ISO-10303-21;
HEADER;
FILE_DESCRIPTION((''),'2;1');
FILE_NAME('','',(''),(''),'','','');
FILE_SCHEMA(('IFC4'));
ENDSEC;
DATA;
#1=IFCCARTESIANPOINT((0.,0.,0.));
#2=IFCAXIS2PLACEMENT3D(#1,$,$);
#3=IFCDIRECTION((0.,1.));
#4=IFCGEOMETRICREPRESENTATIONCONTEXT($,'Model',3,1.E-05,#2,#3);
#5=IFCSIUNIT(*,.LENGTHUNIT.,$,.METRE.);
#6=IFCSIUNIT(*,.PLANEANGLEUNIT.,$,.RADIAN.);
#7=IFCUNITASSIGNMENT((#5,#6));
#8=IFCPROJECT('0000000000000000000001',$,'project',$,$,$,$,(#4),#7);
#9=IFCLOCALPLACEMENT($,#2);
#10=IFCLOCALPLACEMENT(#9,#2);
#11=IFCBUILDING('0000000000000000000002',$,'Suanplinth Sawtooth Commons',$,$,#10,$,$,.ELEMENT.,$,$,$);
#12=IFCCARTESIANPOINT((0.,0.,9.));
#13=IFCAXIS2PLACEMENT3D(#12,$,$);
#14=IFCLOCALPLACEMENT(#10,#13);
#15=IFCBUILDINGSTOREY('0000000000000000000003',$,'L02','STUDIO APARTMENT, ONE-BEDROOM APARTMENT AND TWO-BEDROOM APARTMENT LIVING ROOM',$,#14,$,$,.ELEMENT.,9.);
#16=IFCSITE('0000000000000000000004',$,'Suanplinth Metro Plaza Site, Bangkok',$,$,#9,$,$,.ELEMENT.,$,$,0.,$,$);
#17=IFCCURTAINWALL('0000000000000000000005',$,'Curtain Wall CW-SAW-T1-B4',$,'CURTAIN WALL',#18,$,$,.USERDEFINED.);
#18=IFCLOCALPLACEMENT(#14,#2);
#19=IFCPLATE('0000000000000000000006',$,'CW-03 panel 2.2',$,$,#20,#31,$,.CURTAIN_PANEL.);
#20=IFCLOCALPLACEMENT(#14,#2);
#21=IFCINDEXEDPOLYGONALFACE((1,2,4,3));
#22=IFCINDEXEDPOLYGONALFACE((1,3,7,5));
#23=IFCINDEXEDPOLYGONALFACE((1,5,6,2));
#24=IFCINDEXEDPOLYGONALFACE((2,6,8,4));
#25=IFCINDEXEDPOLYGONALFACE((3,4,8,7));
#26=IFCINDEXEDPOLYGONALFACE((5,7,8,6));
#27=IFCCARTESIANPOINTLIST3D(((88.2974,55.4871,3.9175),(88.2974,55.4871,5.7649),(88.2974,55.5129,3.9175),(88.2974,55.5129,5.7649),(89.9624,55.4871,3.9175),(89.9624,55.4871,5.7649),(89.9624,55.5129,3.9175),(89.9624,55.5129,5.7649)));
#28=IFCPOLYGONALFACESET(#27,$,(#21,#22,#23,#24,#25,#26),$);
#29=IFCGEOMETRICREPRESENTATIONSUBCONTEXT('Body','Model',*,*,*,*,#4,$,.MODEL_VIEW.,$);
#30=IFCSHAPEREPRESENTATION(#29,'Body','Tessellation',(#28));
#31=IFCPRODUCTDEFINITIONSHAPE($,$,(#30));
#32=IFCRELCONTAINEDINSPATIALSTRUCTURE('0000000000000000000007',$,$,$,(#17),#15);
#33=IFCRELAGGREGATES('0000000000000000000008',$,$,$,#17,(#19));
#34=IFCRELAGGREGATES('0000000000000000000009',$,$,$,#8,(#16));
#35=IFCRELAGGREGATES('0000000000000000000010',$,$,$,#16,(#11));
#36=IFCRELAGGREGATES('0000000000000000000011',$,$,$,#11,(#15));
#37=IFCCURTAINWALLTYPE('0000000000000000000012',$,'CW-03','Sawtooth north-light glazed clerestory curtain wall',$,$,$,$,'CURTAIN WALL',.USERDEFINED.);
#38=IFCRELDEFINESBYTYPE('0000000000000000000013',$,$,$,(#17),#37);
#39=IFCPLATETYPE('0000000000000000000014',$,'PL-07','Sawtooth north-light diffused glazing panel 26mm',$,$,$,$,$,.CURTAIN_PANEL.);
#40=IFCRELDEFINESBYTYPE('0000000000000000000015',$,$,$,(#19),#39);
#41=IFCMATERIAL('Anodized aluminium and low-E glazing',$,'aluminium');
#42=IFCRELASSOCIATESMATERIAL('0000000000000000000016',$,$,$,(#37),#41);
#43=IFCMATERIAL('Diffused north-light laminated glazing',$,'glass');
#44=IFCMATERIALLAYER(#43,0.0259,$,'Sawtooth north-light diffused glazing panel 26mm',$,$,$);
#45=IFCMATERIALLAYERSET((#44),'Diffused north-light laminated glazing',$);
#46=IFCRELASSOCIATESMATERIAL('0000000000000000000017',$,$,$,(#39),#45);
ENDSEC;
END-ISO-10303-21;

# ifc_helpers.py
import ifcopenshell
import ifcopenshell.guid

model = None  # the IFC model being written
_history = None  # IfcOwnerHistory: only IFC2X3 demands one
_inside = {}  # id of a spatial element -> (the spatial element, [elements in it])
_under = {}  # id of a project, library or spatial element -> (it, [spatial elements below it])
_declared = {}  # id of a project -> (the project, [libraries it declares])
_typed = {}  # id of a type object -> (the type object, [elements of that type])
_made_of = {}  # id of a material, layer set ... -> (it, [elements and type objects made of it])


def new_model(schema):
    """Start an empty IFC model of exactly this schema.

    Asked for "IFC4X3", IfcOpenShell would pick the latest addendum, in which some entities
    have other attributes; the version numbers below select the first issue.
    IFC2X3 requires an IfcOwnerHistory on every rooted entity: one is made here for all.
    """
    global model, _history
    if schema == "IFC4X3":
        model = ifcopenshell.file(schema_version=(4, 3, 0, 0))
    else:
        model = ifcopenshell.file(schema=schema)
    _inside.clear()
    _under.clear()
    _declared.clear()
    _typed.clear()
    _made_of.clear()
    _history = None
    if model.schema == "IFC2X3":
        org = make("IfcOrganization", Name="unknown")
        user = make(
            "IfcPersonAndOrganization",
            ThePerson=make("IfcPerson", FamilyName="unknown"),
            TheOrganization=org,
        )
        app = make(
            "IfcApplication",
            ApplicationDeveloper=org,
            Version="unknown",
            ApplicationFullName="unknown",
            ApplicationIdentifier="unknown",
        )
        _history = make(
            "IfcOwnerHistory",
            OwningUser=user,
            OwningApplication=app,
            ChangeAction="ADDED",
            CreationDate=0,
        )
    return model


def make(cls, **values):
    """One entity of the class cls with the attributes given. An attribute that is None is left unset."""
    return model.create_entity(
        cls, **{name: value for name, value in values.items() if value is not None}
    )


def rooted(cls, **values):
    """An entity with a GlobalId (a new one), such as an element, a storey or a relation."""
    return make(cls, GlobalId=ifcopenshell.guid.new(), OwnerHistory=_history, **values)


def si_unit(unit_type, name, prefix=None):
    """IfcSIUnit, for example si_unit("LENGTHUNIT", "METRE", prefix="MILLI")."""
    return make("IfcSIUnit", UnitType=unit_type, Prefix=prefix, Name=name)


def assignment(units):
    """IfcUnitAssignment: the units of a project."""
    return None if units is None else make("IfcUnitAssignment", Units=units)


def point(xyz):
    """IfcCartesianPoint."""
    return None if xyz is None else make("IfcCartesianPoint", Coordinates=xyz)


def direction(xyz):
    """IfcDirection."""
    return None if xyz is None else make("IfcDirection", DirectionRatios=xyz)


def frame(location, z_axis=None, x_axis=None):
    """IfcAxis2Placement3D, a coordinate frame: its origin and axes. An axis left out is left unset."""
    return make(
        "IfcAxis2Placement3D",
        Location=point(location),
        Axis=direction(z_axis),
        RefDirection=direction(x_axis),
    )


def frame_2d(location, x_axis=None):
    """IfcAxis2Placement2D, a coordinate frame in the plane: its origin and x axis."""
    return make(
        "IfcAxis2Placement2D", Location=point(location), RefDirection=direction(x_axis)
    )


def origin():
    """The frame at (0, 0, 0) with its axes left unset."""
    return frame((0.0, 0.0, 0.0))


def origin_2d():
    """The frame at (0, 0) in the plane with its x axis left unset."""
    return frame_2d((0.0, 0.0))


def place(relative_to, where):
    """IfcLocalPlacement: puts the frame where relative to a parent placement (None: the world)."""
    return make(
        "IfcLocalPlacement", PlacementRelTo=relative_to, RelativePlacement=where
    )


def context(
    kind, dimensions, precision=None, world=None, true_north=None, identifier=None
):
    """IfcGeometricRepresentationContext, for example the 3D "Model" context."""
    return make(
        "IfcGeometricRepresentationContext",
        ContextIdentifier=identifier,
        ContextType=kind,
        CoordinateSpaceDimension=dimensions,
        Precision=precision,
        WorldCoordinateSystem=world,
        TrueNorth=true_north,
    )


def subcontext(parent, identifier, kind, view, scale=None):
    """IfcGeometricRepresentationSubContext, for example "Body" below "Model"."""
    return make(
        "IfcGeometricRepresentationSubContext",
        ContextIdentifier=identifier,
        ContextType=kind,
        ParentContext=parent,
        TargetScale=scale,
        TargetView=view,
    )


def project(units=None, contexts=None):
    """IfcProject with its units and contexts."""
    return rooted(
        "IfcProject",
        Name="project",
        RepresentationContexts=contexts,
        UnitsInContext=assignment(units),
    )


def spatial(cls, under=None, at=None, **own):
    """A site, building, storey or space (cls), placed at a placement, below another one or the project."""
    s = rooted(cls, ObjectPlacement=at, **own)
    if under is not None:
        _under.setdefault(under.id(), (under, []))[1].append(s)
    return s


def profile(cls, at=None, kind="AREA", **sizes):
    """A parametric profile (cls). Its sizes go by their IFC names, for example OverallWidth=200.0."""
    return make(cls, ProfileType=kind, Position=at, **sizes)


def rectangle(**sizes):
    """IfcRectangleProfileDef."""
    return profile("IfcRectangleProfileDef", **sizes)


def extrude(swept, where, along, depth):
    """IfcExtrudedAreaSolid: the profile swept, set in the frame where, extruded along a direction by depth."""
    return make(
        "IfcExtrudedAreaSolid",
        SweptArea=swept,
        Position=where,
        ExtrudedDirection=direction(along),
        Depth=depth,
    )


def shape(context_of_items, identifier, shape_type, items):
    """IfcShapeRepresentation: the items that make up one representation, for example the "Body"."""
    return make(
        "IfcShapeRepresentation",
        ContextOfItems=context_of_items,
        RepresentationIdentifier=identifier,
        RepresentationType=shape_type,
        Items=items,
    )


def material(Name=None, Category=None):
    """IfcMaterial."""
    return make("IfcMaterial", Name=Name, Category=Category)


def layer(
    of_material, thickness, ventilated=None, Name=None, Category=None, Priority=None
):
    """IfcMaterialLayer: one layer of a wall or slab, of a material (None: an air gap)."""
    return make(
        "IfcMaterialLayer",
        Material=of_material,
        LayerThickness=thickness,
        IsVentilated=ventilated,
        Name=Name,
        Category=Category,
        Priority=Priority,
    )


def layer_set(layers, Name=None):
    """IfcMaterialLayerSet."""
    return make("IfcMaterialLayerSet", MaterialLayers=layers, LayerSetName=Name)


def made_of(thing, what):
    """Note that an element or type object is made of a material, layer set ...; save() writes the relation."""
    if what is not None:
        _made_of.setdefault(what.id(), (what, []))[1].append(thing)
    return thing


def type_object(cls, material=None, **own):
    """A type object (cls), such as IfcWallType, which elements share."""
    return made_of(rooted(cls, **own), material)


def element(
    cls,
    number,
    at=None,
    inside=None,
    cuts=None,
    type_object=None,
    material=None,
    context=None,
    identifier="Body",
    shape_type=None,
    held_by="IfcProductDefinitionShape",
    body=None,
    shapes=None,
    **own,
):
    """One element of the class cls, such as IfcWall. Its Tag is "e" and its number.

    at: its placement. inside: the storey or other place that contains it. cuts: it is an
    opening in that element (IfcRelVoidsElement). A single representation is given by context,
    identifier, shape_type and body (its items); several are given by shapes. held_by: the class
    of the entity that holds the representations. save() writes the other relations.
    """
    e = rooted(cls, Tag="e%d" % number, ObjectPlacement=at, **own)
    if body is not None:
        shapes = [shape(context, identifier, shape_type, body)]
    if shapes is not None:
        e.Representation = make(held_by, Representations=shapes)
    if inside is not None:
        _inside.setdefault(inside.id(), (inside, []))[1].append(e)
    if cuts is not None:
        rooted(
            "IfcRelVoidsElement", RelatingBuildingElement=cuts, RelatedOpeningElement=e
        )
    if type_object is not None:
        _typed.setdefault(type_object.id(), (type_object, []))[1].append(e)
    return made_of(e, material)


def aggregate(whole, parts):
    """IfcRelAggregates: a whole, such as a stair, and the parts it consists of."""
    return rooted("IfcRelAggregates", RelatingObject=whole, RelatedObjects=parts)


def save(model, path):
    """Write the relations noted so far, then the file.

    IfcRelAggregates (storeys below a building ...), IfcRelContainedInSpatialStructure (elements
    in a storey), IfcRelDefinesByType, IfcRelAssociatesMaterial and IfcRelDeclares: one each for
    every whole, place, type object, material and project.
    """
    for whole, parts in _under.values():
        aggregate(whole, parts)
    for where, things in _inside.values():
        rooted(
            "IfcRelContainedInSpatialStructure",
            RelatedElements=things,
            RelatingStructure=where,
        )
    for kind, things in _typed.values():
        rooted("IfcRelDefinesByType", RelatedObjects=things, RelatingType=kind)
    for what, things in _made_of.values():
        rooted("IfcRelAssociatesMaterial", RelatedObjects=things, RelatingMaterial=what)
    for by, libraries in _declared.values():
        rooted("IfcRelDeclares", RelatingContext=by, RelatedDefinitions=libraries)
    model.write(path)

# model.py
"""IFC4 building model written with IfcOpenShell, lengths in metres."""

from ifc_helpers import new_model, si_unit, direction, frame, origin, origin_2d, place, context, subcontext, project, spatial, rectangle, extrude, material, layer, layer_set, type_object, element, aggregate, save


model = new_model("IFC4")

# Units and contexts
model_context = context("Model", 3, precision=1e-05, world=origin(), true_north=direction((0.0, 1.0)))
body_context = subcontext(model_context, "Body", "Model", "MODEL_VIEW")
ifc_project = project(units=[si_unit("LENGTHUNIT", "METRE"), si_unit("PLANEANGLEUNIT", "RADIAN")], contexts=[model_context])

# Site, building, storey
site_placement = place(None, origin())
site = spatial("IfcSite", under=ifc_project, at=site_placement, Name="Suanplinth Metro Plaza Site, Bangkok", CompositionType="ELEMENT", RefElevation=0.0)
building_placement = place(site_placement, origin())
building = spatial("IfcBuilding", under=site, at=building_placement, Name="Suanplinth Sawtooth Commons", CompositionType="ELEMENT")
storey_placement = place(building_placement, frame((0.0, 0.0, 9.0)))
storey = spatial("IfcBuildingStorey", under=building, at=storey_placement, Name="L02", Description="STUDIO APARTMENT, ONE-BEDROOM APARTMENT AND TWO-BEDROOM APARTMENT LIVING ROOM", CompositionType="ELEMENT", Elevation=9.0)

# Shared definitions
ifc_material_1 = material(Name="Anodized aluminium and low-E glazing", Category="aluminium")
curtain_wall_type = type_object("IfcCurtainWallType", Name="CW-03", Description="Sawtooth north-light glazed clerestory curtain wall", ElementType="CURTAIN WALL", PredefinedType="USERDEFINED", material=ifc_material_1)

# Curtain wall
curtain_wall_1_placement = place(storey_placement, origin())
curtain_wall_1 = element("IfcCurtainWall", 1, at=curtain_wall_1_placement, inside=storey, type_object=curtain_wall_type, Name="Curtain Wall CW-SAW-T1-B4", ObjectType="CURTAIN WALL", PredefinedType="USERDEFINED")

# Plate
ifc_material_2 = material(Name="Diffused north-light laminated glazing", Category="glass")
ifc_layer_1 = layer(ifc_material_2, 0.0259, Name="Sawtooth north-light diffused glazing panel 26mm")
ifc_layer_set_1 = layer_set([ifc_layer_1], Name="Diffused north-light laminated glazing")
plate_type_1 = type_object("IfcPlateType", Name="PL-07", Description="Sawtooth north-light diffused glazing panel 26mm", PredefinedType="CURTAIN_PANEL", material=ifc_layer_set_1)
plate_1_placement = place(storey_placement, frame((89.1299, 55.5, 3.9175), z_axis=(0.0, 0.0, 1.0), x_axis=(1.0, 0.0, 0.0)))
plate_1 = element("IfcPlate", 2, at=plate_1_placement, type_object=plate_type_1, Name="CW-03 panel 2.2", PredefinedType="CURTAIN_PANEL", context=body_context, shape_type="SweptSolid", body=[
    extrude(rectangle(XDim=1.665, YDim=0.0259, at=origin_2d()), origin(), (0.0, 0.0, 1.0), 1.8474),
])
aggregate(curtain_wall_1, [plate_1])

save(model, "model.ifc")
